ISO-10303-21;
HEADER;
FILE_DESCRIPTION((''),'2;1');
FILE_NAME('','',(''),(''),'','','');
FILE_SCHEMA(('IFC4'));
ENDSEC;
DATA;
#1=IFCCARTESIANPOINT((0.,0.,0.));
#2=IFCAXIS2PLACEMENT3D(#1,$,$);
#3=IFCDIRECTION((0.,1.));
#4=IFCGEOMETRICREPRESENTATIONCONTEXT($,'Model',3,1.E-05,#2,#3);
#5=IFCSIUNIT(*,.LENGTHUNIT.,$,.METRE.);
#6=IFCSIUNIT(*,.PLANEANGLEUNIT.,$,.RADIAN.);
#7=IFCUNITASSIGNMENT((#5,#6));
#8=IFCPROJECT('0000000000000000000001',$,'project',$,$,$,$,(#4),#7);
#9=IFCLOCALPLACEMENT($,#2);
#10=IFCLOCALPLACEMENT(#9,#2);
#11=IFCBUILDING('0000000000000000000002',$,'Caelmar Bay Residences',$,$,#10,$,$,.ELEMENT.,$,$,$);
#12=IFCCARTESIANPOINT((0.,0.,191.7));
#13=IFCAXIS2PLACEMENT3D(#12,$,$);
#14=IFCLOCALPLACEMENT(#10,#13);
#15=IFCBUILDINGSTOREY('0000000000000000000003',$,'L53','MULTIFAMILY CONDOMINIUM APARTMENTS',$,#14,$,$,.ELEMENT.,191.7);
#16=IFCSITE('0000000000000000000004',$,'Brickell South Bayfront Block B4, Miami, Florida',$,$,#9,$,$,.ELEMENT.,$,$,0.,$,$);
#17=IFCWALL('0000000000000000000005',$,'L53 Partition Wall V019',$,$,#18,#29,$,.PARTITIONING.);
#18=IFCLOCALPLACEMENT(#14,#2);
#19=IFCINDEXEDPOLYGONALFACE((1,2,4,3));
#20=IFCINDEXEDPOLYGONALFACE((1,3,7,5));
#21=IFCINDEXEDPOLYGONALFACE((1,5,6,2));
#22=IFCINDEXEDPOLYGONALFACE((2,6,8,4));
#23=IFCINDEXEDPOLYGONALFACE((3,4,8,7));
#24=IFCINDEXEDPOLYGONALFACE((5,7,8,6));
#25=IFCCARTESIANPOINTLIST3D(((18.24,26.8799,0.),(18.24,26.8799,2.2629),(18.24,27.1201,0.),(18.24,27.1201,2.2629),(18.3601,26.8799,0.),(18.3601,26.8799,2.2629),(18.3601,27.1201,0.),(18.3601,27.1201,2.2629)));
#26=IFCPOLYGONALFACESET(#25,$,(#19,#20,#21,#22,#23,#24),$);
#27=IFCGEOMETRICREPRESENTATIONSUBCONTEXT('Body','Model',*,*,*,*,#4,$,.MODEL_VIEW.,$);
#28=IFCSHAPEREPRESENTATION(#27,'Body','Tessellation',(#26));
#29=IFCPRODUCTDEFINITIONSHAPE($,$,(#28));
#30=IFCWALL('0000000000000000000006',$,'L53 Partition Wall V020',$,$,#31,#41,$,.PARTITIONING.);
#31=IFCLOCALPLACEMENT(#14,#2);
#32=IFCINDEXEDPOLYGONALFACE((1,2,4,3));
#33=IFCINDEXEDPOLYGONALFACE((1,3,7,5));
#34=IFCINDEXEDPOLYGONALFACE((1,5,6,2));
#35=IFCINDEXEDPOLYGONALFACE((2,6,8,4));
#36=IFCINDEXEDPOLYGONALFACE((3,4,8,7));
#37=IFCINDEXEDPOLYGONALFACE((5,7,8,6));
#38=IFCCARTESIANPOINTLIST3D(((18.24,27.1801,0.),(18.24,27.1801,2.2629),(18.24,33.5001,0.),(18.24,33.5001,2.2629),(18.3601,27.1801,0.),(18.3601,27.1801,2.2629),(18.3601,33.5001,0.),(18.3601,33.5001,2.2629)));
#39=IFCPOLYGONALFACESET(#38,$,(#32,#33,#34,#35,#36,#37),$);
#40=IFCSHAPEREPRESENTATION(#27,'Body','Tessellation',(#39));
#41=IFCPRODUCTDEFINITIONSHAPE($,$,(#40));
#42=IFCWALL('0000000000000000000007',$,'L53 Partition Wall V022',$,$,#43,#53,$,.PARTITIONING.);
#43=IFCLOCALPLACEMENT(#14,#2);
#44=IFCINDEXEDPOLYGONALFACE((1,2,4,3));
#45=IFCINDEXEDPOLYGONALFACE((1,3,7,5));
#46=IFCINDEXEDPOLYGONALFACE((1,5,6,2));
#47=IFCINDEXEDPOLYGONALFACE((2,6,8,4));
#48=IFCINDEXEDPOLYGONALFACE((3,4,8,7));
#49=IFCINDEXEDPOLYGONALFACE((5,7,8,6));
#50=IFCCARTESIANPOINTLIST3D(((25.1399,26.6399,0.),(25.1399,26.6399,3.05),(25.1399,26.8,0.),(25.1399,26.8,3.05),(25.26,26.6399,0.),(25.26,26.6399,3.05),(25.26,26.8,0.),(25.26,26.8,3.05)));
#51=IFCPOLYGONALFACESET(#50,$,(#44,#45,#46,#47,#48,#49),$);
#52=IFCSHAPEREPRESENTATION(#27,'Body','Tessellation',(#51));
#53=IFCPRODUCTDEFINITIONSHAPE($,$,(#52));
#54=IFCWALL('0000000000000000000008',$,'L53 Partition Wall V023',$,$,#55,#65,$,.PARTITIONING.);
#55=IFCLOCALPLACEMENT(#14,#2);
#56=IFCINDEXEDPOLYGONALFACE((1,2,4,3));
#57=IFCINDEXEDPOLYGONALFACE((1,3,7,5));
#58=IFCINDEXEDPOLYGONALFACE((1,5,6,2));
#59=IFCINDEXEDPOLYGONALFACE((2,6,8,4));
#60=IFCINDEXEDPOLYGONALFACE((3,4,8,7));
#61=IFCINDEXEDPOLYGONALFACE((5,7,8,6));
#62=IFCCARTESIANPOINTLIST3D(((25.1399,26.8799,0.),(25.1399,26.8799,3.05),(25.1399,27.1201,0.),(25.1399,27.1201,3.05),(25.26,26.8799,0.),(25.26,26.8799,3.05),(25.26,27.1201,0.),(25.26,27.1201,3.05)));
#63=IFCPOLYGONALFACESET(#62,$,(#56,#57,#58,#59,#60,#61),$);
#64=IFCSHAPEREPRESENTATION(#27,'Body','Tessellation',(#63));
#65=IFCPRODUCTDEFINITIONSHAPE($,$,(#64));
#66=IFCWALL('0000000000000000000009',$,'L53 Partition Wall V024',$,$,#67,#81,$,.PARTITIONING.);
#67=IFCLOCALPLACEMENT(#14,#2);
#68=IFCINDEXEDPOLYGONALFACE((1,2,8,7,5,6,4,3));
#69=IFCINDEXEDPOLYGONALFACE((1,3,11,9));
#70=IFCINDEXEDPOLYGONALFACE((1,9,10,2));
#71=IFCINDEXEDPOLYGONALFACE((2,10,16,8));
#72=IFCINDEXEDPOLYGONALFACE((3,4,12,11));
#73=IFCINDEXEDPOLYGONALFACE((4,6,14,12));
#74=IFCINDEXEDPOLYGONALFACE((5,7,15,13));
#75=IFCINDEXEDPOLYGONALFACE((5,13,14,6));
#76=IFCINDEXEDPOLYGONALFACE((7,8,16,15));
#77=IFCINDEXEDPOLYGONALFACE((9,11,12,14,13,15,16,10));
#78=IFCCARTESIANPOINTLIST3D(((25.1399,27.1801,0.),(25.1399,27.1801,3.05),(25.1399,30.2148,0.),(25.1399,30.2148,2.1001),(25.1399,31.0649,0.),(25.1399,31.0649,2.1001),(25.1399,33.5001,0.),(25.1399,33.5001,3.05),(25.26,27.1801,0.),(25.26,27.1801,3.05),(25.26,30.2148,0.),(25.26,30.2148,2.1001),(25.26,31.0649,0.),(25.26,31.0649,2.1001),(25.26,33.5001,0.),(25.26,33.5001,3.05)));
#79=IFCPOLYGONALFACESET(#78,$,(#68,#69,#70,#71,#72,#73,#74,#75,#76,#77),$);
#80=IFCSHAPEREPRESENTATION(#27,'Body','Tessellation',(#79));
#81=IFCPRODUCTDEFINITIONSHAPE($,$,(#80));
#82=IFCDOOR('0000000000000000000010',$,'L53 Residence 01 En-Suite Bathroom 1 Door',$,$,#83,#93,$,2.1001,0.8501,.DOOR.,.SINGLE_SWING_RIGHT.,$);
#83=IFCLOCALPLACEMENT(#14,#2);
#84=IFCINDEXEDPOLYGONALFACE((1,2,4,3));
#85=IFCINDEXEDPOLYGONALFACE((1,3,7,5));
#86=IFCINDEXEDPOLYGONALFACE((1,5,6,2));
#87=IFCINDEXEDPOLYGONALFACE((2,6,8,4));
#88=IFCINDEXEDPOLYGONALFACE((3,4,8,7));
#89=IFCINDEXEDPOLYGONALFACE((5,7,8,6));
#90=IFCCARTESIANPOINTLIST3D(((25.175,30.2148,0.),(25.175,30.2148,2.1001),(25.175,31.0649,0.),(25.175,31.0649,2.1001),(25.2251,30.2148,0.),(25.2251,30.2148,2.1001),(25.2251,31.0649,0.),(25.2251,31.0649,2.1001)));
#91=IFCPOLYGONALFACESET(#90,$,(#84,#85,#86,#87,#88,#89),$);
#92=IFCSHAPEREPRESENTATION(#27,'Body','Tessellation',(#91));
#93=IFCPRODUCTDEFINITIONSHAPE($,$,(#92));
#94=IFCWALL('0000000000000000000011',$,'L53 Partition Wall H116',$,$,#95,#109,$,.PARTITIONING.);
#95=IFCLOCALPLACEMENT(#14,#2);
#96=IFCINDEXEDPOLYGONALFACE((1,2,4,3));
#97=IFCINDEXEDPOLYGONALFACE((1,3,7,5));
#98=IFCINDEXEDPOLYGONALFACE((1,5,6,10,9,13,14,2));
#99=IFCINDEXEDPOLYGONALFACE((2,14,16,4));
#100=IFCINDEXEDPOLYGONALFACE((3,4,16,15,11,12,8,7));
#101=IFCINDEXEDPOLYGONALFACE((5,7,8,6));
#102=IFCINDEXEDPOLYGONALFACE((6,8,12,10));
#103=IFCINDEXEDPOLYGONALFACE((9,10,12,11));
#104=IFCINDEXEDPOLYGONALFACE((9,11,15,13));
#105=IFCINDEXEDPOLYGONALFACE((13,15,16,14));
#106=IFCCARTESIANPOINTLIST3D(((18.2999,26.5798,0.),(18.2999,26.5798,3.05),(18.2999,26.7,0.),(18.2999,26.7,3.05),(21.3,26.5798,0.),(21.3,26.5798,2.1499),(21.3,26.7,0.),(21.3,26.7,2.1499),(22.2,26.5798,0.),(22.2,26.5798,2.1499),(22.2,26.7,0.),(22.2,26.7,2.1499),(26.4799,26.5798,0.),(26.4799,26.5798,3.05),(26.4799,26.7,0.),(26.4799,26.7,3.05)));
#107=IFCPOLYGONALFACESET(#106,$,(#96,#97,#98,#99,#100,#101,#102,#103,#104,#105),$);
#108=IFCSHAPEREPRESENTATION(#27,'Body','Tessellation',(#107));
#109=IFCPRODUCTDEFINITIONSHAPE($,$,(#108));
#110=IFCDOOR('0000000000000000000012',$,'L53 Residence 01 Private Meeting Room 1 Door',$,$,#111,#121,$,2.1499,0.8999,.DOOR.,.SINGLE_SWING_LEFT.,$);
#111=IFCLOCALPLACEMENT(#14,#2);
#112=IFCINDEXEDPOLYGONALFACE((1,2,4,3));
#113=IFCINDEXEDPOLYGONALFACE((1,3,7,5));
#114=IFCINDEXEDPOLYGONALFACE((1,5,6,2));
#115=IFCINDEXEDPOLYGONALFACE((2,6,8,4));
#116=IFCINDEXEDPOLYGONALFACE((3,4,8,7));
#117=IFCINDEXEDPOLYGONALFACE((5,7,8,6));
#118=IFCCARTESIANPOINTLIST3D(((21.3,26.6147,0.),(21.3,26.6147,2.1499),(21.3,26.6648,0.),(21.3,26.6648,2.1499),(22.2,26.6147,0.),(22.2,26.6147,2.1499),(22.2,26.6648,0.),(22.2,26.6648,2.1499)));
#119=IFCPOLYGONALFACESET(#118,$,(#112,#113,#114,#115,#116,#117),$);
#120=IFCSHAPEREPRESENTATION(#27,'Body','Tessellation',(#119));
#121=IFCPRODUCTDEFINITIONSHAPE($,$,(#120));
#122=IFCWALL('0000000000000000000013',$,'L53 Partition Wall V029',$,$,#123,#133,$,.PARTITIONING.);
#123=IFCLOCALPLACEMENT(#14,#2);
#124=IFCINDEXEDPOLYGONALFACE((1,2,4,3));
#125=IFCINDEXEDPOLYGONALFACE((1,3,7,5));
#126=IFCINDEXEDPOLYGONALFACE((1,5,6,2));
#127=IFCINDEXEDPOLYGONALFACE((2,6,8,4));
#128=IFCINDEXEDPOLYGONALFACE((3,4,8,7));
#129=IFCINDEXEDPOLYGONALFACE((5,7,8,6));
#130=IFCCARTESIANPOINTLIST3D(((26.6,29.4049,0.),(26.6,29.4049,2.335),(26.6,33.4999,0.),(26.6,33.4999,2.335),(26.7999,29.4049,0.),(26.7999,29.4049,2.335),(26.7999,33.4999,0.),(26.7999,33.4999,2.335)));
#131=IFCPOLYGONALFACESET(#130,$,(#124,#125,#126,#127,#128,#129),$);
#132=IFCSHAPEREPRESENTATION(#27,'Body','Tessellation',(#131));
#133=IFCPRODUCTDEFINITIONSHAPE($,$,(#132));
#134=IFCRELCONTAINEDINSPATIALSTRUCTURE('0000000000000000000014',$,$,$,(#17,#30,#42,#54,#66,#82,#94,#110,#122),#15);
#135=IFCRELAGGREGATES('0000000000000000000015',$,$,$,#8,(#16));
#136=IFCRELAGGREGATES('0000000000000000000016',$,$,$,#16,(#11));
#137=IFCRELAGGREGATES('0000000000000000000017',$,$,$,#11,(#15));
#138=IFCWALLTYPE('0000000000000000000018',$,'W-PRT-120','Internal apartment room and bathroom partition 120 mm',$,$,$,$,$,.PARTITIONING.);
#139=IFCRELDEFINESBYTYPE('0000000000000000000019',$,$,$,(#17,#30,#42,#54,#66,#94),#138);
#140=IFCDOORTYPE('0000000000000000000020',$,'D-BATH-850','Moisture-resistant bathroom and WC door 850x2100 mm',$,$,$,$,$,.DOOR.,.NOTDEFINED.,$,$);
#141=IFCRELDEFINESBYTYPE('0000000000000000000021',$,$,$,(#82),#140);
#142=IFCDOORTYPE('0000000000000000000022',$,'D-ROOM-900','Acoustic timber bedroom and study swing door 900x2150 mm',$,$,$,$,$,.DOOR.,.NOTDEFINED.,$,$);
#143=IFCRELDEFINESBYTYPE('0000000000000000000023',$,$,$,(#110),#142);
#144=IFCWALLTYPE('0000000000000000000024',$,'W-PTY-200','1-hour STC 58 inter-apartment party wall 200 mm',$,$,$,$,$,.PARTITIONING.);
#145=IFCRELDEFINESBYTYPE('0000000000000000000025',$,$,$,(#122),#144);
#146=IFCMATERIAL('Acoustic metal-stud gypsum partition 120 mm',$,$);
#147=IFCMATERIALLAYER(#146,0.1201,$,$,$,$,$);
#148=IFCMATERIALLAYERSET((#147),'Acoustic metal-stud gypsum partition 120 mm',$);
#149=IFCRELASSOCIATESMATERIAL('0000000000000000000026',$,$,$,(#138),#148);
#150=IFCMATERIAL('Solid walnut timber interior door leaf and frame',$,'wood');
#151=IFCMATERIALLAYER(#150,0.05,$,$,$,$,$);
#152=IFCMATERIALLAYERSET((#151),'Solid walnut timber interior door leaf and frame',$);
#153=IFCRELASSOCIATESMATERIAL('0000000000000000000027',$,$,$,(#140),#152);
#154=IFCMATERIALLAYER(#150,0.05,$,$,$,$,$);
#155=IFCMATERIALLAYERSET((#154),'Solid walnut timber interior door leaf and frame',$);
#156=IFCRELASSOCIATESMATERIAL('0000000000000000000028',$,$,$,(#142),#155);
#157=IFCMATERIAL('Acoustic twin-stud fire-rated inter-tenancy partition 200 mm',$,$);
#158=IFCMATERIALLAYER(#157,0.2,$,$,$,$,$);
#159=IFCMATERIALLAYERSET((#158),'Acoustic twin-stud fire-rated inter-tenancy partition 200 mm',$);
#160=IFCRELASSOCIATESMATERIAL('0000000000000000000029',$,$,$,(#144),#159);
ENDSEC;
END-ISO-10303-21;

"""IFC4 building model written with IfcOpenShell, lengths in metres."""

from ifc_helpers import new_model, si_unit, direction, frame, frame_2d, origin, place, context, subcontext, project, spatial, rectangle, extrude, material, layer, layer_set, type_object, element, fill, save


model = new_model("IFC4")

# Units and contexts
model_context = context("Model", 3, precision=1e-05, world=origin(), true_north=direction((0.0, 1.0)))
body_context = subcontext(model_context, "Body", "Model", "MODEL_VIEW")
ifc_project = project(units=[si_unit("LENGTHUNIT", "METRE"), si_unit("PLANEANGLEUNIT", "RADIAN")], contexts=[model_context])

# Site, building, storey
site_placement = place(None, origin())
site = spatial("IfcSite", under=ifc_project, at=site_placement, Name="Brickell South Bayfront Block B4, Miami, Florida", CompositionType="ELEMENT", RefElevation=0.0)
building_placement = place(site_placement, origin())
building = spatial("IfcBuilding", under=site, at=building_placement, Name="Caelmar Bay Residences", CompositionType="ELEMENT")
storey_placement = place(building_placement, frame((0.0, 0.0, 191.7)))
storey = spatial("IfcBuildingStorey", under=building, at=storey_placement, Name="L53", Description="MULTIFAMILY CONDOMINIUM APARTMENTS", CompositionType="ELEMENT", Elevation=191.7)

# Walls
ifc_material_1 = material(Name="Acoustic metal-stud gypsum partition 120 mm")
ifc_layer_1 = layer(ifc_material_1, 0.1201)
ifc_layer_set_1 = layer_set([ifc_layer_1], Name="Acoustic metal-stud gypsum partition 120 mm")
wall_type_1 = type_object("IfcWallType", Name="W-PRT-120", Description="Internal apartment room and bathroom partition 120 mm", PredefinedType="PARTITIONING", material=ifc_layer_set_1)
wall_1_placement = place(storey_placement, frame((18.3, 26.8799, 0.0), z_axis=(0.0, 0.0, 1.0), x_axis=(0.0, 1.0, 0.0)))
element("IfcWall", 1, at=wall_1_placement, inside=storey, type_object=wall_type_1, Name="L53 Partition Wall V019", PredefinedType="PARTITIONING", context=body_context, shape_type="SweptSolid", body=[
    extrude(rectangle(XDim=0.2402, YDim=0.1201, at=frame_2d((0.1201, 0.0))), origin(), (0.0, 0.0, 1.0), 2.2629),
])
wall_2_placement = place(storey_placement, frame((18.3, 27.1799, 0.0), z_axis=(0.0, 0.0, 1.0), x_axis=(0.0, 1.0, 0.0)))
element("IfcWall", 2, at=wall_2_placement, inside=storey, type_object=wall_type_1, Name="L53 Partition Wall V020", PredefinedType="PARTITIONING", context=body_context, shape_type="SweptSolid", body=[
    extrude(rectangle(XDim=6.3201, YDim=0.1201, at=frame_2d((3.1602, 0.0))), origin(), (0.0, 0.0, 1.0), 2.2629),
])
wall_3_placement = place(storey_placement, frame((25.2, 26.6399, 0.0), z_axis=(0.0, 0.0, 1.0), x_axis=(0.0, 1.0, 0.0)))
element("IfcWall", 3, at=wall_3_placement, inside=storey, type_object=wall_type_1, Name="L53 Partition Wall V022", PredefinedType="PARTITIONING", context=body_context, shape_type="SweptSolid", body=[
    extrude(rectangle(XDim=0.1602, YDim=0.1201, at=frame_2d((0.0801, 0.0))), origin(), (0.0, 0.0, 1.0), 3.05),
])
wall_4_placement = place(storey_placement, frame((25.2, 26.8799, 0.0), z_axis=(0.0, 0.0, 1.0), x_axis=(0.0, 1.0, 0.0)))
element("IfcWall", 4, at=wall_4_placement, inside=storey, type_object=wall_type_1, Name="L53 Partition Wall V023", PredefinedType="PARTITIONING", context=body_context, shape_type="SweptSolid", body=[
    extrude(rectangle(XDim=0.2402, YDim=0.1201, at=frame_2d((0.1201, 0.0))), origin(), (0.0, 0.0, 1.0), 3.05),
])

# Walls, openings, doors
wall_5_placement = place(storey_placement, frame((25.2, 27.1799, 0.0), z_axis=(0.0, 0.0, 1.0), x_axis=(0.0, 1.0, 0.0)))
wall_5 = element("IfcWall", 5, at=wall_5_placement, inside=storey, type_object=wall_type_1, Name="L53 Partition Wall V024", PredefinedType="PARTITIONING", context=body_context, shape_type="SweptSolid", body=[
    extrude(rectangle(XDim=6.3201, YDim=0.1201, at=frame_2d((3.1602, 0.0))), origin(), (0.0, 0.0, 1.0), 3.05),
])
opening_1_placement = place(wall_5_placement, frame((3.0349, 0.0, 0.0)))
opening_1 = element("IfcOpeningElement", 6, at=opening_1_placement, cuts=wall_5, PredefinedType="OPENING", context=body_context, shape_type="SweptSolid", body=[
    extrude(rectangle(XDim=0.8501, YDim=2.1001, at=frame_2d((0.425, 1.05))), frame((0.0, 0.0701, 0.0), z_axis=(0.0, -1.0, 0.0), x_axis=(1.0, 0.0, 0.0)), (0.0, 0.0, 1.0), 0.1401),
])
ifc_material_2 = material(Name="Solid walnut timber interior door leaf and frame", Category="wood")
ifc_layer_2 = layer(ifc_material_2, 0.05)
ifc_layer_set_2 = layer_set([ifc_layer_2], Name="Solid walnut timber interior door leaf and frame")
door_type_1 = type_object("IfcDoorType", Name="D-BATH-850", Description="Moisture-resistant bathroom and WC door 850x2100 mm", OperationType="NOTDEFINED", PredefinedType="DOOR", material=ifc_layer_set_2)
door_1_placement = place(opening_1_placement, origin())
door_1 = element("IfcDoor", 7, at=door_1_placement, inside=storey, type_object=door_type_1, Name="L53 Residence 01 En-Suite Bathroom 1 Door", OperationType="SINGLE_SWING_RIGHT", OverallHeight=2.1001, OverallWidth=0.8501, PredefinedType="DOOR", context=body_context, shape_type="SweptSolid", body=[
    extrude(rectangle(XDim=0.8501, YDim=2.1001, at=frame_2d((0.425, 1.05))), frame((0.0, 0.0249, 0.0), z_axis=(0.0, -1.0, 0.0), x_axis=(1.0, 0.0, 0.0)), (0.0, 0.0, 1.0), 0.05),
])
fill(opening_1, door_1)
wall_6_placement = place(storey_placement, frame((18.3, 26.6399, 0.0), z_axis=(0.0, 0.0, 1.0), x_axis=(1.0, 0.0, 0.0)))
wall_6 = element("IfcWall", 8, at=wall_6_placement, inside=storey, type_object=wall_type_1, Name="L53 Partition Wall H116", PredefinedType="PARTITIONING", context=body_context, shape_type="SweptSolid", body=[
    extrude(rectangle(XDim=8.1799, YDim=0.1201, at=frame_2d((4.0898, 0.0))), origin(), (0.0, 0.0, 1.0), 3.05),
])
opening_2_placement = place(wall_6_placement, frame((3.0, 0.0, 0.0)))
opening_2 = element("IfcOpeningElement", 9, at=opening_2_placement, cuts=wall_6, PredefinedType="OPENING", context=body_context, shape_type="SweptSolid", body=[
    extrude(rectangle(XDim=0.8999, YDim=2.1499, at=frame_2d((0.45, 1.075))), frame((0.0, 0.0701, 0.0), z_axis=(0.0, -1.0, 0.0), x_axis=(1.0, 0.0, 0.0)), (0.0, 0.0, 1.0), 0.1401),
])
ifc_layer_3 = layer(ifc_material_2, 0.05)
ifc_layer_set_3 = layer_set([ifc_layer_3], Name="Solid walnut timber interior door leaf and frame")
door_type_2 = type_object("IfcDoorType", Name="D-ROOM-900", Description="Acoustic timber bedroom and study swing door 900x2150 mm", OperationType="NOTDEFINED", PredefinedType="DOOR", material=ifc_layer_set_3)
door_2_placement = place(opening_2_placement, origin())
door_2 = element("IfcDoor", 10, at=door_2_placement, inside=storey, type_object=door_type_2, Name="L53 Residence 01 Private Meeting Room 1 Door", OperationType="SINGLE_SWING_LEFT", OverallHeight=2.1499, OverallWidth=0.8999, PredefinedType="DOOR", context=body_context, shape_type="SweptSolid", body=[
    extrude(rectangle(XDim=0.8999, YDim=2.1499, at=frame_2d((0.45, 1.075))), frame((0.0, 0.0249, 0.0), z_axis=(0.0, -1.0, 0.0), x_axis=(1.0, 0.0, 0.0)), (0.0, 0.0, 1.0), 0.05),
])
fill(opening_2, door_2)

# Wall
ifc_material_3 = material(Name="Acoustic twin-stud fire-rated inter-tenancy partition 200 mm")
ifc_layer_4 = layer(ifc_material_3, 0.2)
ifc_layer_set_4 = layer_set([ifc_layer_4], Name="Acoustic twin-stud fire-rated inter-tenancy partition 200 mm")
wall_type_2 = type_object("IfcWallType", Name="W-PTY-200", Description="1-hour STC 58 inter-apartment party wall 200 mm", PredefinedType="PARTITIONING", material=ifc_layer_set_4)
wall_7_placement = place(storey_placement, frame((26.7, 29.405, 0.0), z_axis=(0.0, 0.0, 1.0), x_axis=(0.0, 1.0, 0.0)))
element("IfcWall", 11, at=wall_7_placement, inside=storey, type_object=wall_type_2, Name="L53 Partition Wall V029", PredefinedType="PARTITIONING", context=body_context, shape_type="SweptSolid", body=[
    extrude(rectangle(XDim=4.095, YDim=0.2, at=frame_2d((2.0474, 0.0))), origin(), (0.0, 0.0, 1.0), 2.335),
])

save(model, "model.ifc")
